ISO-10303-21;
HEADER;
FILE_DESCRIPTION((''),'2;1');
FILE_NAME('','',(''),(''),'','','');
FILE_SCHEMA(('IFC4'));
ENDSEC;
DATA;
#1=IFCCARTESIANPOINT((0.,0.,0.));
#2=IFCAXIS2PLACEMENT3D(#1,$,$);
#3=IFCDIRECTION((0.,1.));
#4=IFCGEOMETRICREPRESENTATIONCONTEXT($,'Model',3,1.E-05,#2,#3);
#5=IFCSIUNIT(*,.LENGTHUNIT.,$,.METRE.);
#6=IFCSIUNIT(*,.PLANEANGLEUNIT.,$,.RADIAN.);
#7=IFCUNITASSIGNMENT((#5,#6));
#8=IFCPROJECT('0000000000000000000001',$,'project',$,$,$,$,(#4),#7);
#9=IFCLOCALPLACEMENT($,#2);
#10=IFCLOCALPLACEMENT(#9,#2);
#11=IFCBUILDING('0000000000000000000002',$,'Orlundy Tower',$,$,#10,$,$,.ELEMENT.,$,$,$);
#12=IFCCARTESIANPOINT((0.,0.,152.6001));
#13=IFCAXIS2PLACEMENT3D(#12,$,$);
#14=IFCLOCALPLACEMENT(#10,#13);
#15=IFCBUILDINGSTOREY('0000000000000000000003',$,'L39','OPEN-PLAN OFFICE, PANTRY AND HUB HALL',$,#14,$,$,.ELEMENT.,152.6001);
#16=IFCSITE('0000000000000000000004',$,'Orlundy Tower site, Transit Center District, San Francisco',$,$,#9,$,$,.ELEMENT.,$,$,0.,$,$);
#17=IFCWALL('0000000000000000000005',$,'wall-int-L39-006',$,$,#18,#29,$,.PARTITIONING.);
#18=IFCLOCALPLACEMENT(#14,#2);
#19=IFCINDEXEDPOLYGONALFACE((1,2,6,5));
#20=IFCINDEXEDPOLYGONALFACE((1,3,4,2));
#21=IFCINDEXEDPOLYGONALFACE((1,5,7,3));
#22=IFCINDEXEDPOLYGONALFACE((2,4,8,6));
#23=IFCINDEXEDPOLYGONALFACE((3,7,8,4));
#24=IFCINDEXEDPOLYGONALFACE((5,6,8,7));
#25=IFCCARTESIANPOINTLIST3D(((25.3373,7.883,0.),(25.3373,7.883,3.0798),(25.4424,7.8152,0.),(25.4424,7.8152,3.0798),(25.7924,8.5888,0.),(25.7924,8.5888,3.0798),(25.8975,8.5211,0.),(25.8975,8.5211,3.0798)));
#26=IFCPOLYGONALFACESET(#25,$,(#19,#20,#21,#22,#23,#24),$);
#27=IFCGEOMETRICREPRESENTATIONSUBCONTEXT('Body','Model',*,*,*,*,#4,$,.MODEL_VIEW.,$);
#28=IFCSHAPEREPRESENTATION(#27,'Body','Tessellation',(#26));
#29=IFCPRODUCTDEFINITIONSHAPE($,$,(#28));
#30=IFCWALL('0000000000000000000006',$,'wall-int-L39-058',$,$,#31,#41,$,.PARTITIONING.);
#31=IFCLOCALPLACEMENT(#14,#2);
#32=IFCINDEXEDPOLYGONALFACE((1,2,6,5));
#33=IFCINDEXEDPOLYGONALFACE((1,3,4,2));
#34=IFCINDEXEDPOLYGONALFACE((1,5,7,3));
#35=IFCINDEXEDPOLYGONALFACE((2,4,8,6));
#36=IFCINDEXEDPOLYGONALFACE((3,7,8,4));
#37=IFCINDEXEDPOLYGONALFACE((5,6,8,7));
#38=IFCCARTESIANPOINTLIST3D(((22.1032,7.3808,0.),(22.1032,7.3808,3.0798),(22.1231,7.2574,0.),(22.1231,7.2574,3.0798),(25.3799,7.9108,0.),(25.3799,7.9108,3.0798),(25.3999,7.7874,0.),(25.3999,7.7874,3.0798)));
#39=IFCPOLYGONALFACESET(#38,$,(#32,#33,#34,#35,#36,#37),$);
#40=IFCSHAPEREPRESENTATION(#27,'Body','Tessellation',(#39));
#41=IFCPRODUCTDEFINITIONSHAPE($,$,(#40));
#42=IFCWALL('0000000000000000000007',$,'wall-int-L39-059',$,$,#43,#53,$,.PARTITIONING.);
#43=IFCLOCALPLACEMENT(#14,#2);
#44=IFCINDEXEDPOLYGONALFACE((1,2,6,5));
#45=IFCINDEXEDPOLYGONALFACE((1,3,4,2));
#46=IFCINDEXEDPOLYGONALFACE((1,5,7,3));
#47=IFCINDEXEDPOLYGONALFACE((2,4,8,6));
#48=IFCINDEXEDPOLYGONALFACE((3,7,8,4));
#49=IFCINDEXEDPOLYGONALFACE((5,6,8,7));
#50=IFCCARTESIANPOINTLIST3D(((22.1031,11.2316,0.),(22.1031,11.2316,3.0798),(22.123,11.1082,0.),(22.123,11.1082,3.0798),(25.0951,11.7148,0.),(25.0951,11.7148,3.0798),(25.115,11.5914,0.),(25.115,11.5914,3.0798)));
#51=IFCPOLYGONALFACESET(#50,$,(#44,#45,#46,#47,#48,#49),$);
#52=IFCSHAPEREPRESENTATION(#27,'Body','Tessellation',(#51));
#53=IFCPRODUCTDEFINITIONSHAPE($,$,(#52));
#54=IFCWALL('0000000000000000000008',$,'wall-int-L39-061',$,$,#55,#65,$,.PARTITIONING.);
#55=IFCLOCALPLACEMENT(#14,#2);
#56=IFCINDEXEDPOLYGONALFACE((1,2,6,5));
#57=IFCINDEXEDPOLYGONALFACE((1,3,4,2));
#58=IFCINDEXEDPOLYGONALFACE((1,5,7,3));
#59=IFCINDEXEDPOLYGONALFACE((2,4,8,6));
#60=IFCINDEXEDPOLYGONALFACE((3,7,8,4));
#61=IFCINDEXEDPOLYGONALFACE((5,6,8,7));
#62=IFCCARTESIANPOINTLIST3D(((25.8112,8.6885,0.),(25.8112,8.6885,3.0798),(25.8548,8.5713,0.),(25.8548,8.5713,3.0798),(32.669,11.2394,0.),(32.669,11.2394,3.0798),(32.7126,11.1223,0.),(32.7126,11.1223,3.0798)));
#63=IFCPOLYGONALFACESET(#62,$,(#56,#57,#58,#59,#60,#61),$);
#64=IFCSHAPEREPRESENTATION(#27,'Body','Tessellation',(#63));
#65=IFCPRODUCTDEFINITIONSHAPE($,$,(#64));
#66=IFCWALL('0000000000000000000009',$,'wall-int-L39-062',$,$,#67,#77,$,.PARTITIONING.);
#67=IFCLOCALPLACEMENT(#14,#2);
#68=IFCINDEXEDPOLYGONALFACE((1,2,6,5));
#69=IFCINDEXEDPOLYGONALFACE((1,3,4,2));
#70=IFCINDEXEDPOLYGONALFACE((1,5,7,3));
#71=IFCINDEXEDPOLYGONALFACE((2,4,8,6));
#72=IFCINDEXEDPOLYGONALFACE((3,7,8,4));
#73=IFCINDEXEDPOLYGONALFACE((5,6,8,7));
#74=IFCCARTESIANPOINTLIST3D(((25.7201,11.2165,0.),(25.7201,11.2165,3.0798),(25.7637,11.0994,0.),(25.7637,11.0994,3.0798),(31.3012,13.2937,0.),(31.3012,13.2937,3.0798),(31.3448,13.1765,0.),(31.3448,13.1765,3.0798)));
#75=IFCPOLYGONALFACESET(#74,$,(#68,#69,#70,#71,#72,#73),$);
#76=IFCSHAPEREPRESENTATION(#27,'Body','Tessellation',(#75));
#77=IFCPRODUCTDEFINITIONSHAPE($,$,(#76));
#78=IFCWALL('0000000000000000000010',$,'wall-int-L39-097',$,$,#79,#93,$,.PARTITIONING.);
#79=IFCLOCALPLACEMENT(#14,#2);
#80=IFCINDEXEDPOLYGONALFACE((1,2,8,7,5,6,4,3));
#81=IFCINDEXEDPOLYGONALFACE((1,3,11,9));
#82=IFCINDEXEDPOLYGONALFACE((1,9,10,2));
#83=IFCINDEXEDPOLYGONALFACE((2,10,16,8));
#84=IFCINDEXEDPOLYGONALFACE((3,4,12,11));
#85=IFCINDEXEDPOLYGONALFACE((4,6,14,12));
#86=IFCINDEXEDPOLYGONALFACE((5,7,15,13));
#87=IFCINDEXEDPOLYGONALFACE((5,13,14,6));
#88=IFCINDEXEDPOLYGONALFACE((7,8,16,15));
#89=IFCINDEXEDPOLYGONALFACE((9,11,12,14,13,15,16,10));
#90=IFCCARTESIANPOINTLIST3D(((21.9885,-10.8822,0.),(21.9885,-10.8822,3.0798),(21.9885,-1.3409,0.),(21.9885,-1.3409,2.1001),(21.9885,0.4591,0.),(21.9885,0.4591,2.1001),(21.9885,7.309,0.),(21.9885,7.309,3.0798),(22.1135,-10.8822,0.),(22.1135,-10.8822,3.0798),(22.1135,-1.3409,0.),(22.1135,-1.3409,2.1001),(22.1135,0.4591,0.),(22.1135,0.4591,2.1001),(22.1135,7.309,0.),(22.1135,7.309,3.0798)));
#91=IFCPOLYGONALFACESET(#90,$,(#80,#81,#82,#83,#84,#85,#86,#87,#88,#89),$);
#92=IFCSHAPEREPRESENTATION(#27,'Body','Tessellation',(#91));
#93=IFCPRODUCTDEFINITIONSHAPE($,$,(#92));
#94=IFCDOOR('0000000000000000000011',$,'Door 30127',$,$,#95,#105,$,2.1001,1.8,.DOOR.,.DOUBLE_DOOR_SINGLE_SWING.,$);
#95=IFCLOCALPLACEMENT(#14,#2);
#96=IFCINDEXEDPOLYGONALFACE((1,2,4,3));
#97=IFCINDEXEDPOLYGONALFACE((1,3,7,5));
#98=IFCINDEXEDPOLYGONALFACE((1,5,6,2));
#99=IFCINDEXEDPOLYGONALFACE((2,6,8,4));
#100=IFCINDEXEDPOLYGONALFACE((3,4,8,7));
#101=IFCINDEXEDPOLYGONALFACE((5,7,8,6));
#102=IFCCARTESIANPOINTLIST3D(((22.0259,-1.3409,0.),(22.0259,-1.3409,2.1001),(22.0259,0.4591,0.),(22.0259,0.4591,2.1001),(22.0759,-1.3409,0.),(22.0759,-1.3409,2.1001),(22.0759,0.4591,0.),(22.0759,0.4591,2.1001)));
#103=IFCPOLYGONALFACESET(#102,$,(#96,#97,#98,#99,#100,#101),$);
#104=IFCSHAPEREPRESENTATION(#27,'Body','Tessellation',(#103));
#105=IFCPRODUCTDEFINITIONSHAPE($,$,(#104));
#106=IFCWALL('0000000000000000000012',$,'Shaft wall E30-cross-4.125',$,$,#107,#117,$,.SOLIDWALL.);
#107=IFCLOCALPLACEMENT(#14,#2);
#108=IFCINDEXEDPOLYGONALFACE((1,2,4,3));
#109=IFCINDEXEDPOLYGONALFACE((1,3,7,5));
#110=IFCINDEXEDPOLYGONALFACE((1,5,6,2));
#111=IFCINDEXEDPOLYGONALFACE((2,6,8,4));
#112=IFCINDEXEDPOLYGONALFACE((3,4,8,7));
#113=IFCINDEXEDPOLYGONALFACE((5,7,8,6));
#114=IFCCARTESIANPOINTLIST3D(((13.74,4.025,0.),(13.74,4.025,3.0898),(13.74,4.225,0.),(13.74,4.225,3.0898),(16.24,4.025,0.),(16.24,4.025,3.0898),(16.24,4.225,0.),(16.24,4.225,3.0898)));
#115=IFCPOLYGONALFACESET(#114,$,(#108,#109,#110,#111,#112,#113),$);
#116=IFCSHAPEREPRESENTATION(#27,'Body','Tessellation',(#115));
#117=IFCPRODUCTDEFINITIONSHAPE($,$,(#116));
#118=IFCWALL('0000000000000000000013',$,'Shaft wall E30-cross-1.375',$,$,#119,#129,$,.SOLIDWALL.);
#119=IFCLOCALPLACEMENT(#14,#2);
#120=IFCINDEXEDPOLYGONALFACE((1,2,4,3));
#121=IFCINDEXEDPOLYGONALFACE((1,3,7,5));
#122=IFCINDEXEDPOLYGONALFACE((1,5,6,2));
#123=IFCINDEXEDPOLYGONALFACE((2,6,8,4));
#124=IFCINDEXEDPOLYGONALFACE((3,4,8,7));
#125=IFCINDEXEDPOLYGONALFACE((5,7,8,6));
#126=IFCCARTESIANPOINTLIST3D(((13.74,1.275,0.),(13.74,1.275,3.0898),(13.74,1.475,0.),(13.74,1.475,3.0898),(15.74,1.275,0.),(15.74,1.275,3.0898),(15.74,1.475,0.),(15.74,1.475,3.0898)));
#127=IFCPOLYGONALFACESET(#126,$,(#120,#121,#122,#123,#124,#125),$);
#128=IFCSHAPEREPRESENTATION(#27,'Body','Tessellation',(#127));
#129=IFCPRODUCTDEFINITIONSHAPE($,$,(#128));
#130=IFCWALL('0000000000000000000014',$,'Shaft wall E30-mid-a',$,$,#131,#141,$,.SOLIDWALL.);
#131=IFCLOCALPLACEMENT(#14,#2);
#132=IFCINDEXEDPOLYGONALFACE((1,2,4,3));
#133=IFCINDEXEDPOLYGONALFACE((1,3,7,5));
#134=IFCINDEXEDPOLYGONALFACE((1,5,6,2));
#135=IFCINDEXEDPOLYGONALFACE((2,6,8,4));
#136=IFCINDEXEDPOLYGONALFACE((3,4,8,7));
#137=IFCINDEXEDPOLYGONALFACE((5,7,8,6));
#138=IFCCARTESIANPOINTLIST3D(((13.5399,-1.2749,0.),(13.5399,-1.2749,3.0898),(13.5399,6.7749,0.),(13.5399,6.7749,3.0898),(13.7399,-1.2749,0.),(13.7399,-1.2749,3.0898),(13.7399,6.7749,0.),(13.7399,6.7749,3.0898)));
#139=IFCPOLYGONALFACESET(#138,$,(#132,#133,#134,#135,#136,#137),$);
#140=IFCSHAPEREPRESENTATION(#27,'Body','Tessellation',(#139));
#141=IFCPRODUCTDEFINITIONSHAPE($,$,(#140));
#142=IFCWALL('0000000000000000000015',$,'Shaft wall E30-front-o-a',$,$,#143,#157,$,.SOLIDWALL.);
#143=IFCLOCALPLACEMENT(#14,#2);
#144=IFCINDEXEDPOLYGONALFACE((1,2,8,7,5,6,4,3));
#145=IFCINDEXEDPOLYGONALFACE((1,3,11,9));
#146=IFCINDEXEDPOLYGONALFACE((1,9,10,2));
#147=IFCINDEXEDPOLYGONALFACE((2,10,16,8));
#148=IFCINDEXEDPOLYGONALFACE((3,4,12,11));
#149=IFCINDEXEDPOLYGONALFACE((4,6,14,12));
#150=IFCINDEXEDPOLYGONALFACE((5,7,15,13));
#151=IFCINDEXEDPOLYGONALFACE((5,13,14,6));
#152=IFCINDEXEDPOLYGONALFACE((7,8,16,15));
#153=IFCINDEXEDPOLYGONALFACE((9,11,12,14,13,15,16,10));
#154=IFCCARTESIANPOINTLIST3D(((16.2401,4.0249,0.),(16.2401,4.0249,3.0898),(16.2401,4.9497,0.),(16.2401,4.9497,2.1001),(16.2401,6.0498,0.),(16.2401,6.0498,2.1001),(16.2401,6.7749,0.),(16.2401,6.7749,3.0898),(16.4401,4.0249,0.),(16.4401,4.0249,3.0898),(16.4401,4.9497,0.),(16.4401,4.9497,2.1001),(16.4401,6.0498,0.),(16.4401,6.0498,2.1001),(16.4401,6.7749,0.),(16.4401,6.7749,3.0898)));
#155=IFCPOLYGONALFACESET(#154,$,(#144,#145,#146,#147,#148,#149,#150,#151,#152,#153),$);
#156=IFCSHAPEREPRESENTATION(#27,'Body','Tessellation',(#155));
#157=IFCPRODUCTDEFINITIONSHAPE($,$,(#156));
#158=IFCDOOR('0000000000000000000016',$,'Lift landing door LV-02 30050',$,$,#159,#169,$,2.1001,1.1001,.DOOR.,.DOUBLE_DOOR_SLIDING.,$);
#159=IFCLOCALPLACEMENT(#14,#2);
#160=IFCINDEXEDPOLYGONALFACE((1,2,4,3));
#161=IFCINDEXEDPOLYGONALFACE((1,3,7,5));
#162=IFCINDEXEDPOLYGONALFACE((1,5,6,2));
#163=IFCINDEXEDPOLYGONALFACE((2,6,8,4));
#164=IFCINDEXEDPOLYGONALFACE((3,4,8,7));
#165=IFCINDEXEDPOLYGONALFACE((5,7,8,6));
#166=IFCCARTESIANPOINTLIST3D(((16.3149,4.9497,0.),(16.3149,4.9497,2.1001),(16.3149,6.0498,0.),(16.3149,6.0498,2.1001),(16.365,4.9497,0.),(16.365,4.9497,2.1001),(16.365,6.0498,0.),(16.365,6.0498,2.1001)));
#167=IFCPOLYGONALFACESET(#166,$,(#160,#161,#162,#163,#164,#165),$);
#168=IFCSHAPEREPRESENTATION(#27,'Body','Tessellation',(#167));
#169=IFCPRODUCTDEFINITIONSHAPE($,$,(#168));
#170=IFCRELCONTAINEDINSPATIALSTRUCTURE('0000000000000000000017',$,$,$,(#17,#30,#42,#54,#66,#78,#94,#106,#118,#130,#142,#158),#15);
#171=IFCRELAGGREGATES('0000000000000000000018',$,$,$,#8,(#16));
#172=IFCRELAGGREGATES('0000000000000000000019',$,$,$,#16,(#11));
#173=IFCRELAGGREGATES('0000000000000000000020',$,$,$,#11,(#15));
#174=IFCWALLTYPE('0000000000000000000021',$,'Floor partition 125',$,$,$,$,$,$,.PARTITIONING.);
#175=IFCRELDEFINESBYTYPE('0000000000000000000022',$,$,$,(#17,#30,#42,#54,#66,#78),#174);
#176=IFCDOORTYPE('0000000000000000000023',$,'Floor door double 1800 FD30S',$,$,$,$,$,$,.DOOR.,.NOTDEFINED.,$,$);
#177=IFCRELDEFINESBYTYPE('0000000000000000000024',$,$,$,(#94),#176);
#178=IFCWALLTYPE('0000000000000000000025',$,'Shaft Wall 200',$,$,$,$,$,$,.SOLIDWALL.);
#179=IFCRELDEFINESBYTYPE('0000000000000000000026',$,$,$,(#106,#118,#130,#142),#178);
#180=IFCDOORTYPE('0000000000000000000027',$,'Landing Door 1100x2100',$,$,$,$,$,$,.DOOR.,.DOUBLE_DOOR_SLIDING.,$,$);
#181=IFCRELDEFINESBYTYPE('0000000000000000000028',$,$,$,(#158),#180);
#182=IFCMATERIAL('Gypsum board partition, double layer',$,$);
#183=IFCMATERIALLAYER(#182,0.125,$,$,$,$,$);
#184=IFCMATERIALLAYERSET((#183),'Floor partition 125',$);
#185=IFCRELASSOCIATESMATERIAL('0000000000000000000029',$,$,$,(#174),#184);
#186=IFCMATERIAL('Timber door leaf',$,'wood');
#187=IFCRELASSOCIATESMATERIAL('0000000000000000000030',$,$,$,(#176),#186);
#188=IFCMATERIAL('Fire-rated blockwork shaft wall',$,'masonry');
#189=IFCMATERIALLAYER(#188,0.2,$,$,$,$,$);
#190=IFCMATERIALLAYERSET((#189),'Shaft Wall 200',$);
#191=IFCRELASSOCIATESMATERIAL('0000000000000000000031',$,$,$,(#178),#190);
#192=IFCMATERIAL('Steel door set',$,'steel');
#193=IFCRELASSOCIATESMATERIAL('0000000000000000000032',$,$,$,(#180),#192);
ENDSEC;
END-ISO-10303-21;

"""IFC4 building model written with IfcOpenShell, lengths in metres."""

from ifc_helpers import new_model, si_unit, direction, frame, frame_2d, origin, place, context, subcontext, project, spatial, rectangle, extrude, material, layer, layer_set, type_object, element, fill, save


model = new_model("IFC4")

# Units and contexts
model_context = context("Model", 3, precision=1e-05, world=origin(), true_north=direction((0.0, 1.0)))
body_context = subcontext(model_context, "Body", "Model", "MODEL_VIEW")
ifc_project = project(units=[si_unit("LENGTHUNIT", "METRE"), si_unit("PLANEANGLEUNIT", "RADIAN")], contexts=[model_context])

# Site, building, storey
site_placement = place(None, origin())
site = spatial("IfcSite", under=ifc_project, at=site_placement, Name="Orlundy Tower site, Transit Center District, San Francisco", CompositionType="ELEMENT", RefElevation=0.0)
building_placement = place(site_placement, origin())
building = spatial("IfcBuilding", under=site, at=building_placement, Name="Orlundy Tower", CompositionType="ELEMENT")
storey_placement = place(building_placement, frame((0.0, 0.0, 152.6001)))
storey = spatial("IfcBuildingStorey", under=building, at=storey_placement, Name="L39", Description="OPEN-PLAN OFFICE, PANTRY AND HUB HALL", CompositionType="ELEMENT", Elevation=152.6001)

# Walls
ifc_material_1 = material(Name="Gypsum board partition, double layer")
ifc_layer_1 = layer(ifc_material_1, 0.125)
ifc_layer_set_1 = layer_set([ifc_layer_1], Name="Floor partition 125")
wall_type_1 = type_object("IfcWallType", Name="Floor partition 125", PredefinedType="PARTITIONING", material=ifc_layer_set_1)
wall_1_placement = place(storey_placement, frame((25.845, 8.5549, 0.0), z_axis=(0.0, 0.0, 1.0), x_axis=(-0.541888, -0.84045, 0.0)))
element("IfcWall", 1, at=wall_1_placement, inside=storey, type_object=wall_type_1, Name="wall-int-L39-006", PredefinedType="PARTITIONING", context=body_context, shape_type="SweptSolid", body=[
    extrude(rectangle(XDim=0.8398, YDim=0.125, at=frame_2d((0.4199, 0.0))), origin(), (0.0, 0.0, 1.0), 3.0798),
])
wall_2_placement = place(storey_placement, frame((25.3899, 7.8491, 0.0), z_axis=(0.0, 0.0, 1.0), x_axis=(-0.98717, -0.159674, 0.0)))
element("IfcWall", 2, at=wall_2_placement, inside=storey, type_object=wall_type_1, Name="wall-int-L39-058", PredefinedType="PARTITIONING", context=body_context, shape_type="SweptSolid", body=[
    extrude(rectangle(XDim=3.3193, YDim=0.125, at=frame_2d((1.6597, 0.0))), origin(), (0.0, 0.0, 1.0), 3.0798),
])
wall_3_placement = place(storey_placement, frame((22.113, 11.1699, 0.0), z_axis=(0.0, 0.0, 1.0), x_axis=(0.987211, 0.15942, 0.0)))
element("IfcWall", 3, at=wall_3_placement, inside=storey, type_object=wall_type_1, Name="wall-int-L39-059", PredefinedType="PARTITIONING", context=body_context, shape_type="SweptSolid", body=[
    extrude(rectangle(XDim=3.0308, YDim=0.125, at=frame_2d((1.5154, 0.0))), origin(), (0.0, 0.0, 1.0), 3.0798),
])
wall_4_placement = place(storey_placement, frame((25.833, 8.6299, 0.0), z_axis=(0.0, 0.0, 1.0), x_axis=(0.937256, 0.348643, 0.0)))
element("IfcWall", 4, at=wall_4_placement, inside=storey, type_object=wall_type_1, Name="wall-int-L39-061", PredefinedType="PARTITIONING", context=body_context, shape_type="SweptSolid", body=[
    extrude(rectangle(XDim=7.3169, YDim=0.125, at=frame_2d((3.6584, 0.0))), origin(), (0.0, 0.0, 1.0), 3.0798),
])
wall_5_placement = place(storey_placement, frame((25.7419, 11.158, 0.0), z_axis=(0.0, 0.0, 1.0), x_axis=(0.937196, 0.348804, 0.0)))
element("IfcWall", 5, at=wall_5_placement, inside=storey, type_object=wall_type_1, Name="wall-int-L39-062", PredefinedType="PARTITIONING", context=body_context, shape_type="SweptSolid", body=[
    extrude(rectangle(XDim=5.9551, YDim=0.125, at=frame_2d((2.9775, 0.0))), origin(), (0.0, 0.0, 1.0), 3.0798),
])

# Wall, opening, door
wall_6_placement = place(storey_placement, frame((22.051, 7.3091, 0.0), z_axis=(0.0, 0.0, 1.0), x_axis=(0.0, -1.0, 0.0)))
wall_6 = element("IfcWall", 6, at=wall_6_placement, inside=storey, type_object=wall_type_1, Name="wall-int-L39-097", PredefinedType="PARTITIONING", context=body_context, shape_type="SweptSolid", body=[
    extrude(rectangle(XDim=18.1912, YDim=0.125, at=frame_2d((9.0957, 0.0))), origin(), (0.0, 0.0, 1.0), 3.0798),
])
opening_1_placement = place(wall_6_placement, frame((6.8501, 0.0, 0.0)))
opening_1 = element("IfcOpeningElement", 7, at=opening_1_placement, cuts=wall_6, PredefinedType="OPENING", context=body_context, shape_type="SweptSolid", body=[
    extrude(rectangle(XDim=1.8, YDim=2.1001, at=frame_2d((0.8999, 1.05))), frame((0.0, 0.0725, 0.0), z_axis=(0.0, -1.0, 0.0), x_axis=(1.0, 0.0, 0.0)), (0.0, 0.0, 1.0), 0.145),
])
ifc_material_2 = material(Name="Timber door leaf", Category="wood")
door_type_1 = type_object("IfcDoorType", Name="Floor door double 1800 FD30S", OperationType="NOTDEFINED", PredefinedType="DOOR", material=ifc_material_2)
door_1_placement = place(opening_1_placement, origin())
door_1 = element("IfcDoor", 8, at=door_1_placement, inside=storey, type_object=door_type_1, Name="Door 30127", OperationType="DOUBLE_DOOR_SINGLE_SWING", OverallHeight=2.1001, OverallWidth=1.8, PredefinedType="DOOR", context=body_context, shape_type="SweptSolid", body=[
    extrude(rectangle(XDim=1.8, YDim=2.1001, at=frame_2d((0.8999, 1.05))), frame((0.0, 0.0249, 0.0), z_axis=(0.0, -1.0, 0.0), x_axis=(1.0, 0.0, 0.0)), (0.0, 0.0, 1.0), 0.05),
])
fill(opening_1, door_1)

# Walls
ifc_material_3 = material(Name="Fire-rated blockwork shaft wall", Category="masonry")
ifc_layer_2 = layer(ifc_material_3, 0.2)
ifc_layer_set_2 = layer_set([ifc_layer_2], Name="Shaft Wall 200")
wall_type_2 = type_object("IfcWallType", Name="Shaft Wall 200", PredefinedType="SOLIDWALL", material=ifc_layer_set_2)
wall_7_placement = place(storey_placement, frame((13.74, 4.125, 0.0), z_axis=(0.0, 0.0, 1.0), x_axis=(1.0, 0.0, 0.0)))
element("IfcWall", 9, at=wall_7_placement, inside=storey, type_object=wall_type_2, Name="Shaft wall E30-cross-4.125", PredefinedType="SOLIDWALL", context=body_context, shape_type="SweptSolid", body=[
    extrude(rectangle(XDim=2.5, YDim=0.2, at=frame_2d((1.25, 0.0))), origin(), (0.0, 0.0, 1.0), 3.0898),
])
wall_8_placement = place(storey_placement, frame((13.74, 1.375, 0.0), z_axis=(0.0, 0.0, 1.0), x_axis=(1.0, 0.0, 0.0)))
element("IfcWall", 10, at=wall_8_placement, inside=storey, type_object=wall_type_2, Name="Shaft wall E30-cross-1.375", PredefinedType="SOLIDWALL", context=body_context, shape_type="SweptSolid", body=[
    extrude(rectangle(XDim=2.0, YDim=0.2, at=frame_2d((1.0, 0.0))), origin(), (0.0, 0.0, 1.0), 3.0898),
])
wall_9_placement = place(storey_placement, frame((13.6399, 6.7749, 0.0), z_axis=(0.0, 0.0, 1.0), x_axis=(0.0, -1.0, 0.0)))
element("IfcWall", 11, at=wall_9_placement, inside=storey, type_object=wall_type_2, Name="Shaft wall E30-mid-a", PredefinedType="SOLIDWALL", context=body_context, shape_type="SweptSolid", body=[
    extrude(rectangle(XDim=8.0498, YDim=0.2, at=frame_2d((4.0249, 0.0))), origin(), (0.0, 0.0, 1.0), 3.0898),
])

# Wall, opening, door
wall_10_placement = place(storey_placement, frame((16.3401, 6.7749, 0.0), z_axis=(0.0, 0.0, 1.0), x_axis=(0.0, -1.0, 0.0)))
wall_10 = element("IfcWall", 12, at=wall_10_placement, inside=storey, type_object=wall_type_2, Name="Shaft wall E30-front-o-a", PredefinedType="SOLIDWALL", context=body_context, shape_type="SweptSolid", body=[
    extrude(rectangle(XDim=2.75, YDim=0.2, at=frame_2d((1.375, 0.0))), origin(), (0.0, 0.0, 1.0), 3.0898),
])
opening_2_placement = place(wall_10_placement, frame((0.7251, 0.0, 0.0)))
opening_2 = element("IfcOpeningElement", 13, at=opening_2_placement, cuts=wall_10, PredefinedType="OPENING", context=body_context, shape_type="SweptSolid", body=[
    extrude(rectangle(XDim=1.1001, YDim=2.1001, at=frame_2d((0.55, 1.05))), frame((0.0, 0.1101, 0.0), z_axis=(0.0, -1.0, 0.0), x_axis=(1.0, 0.0, 0.0)), (0.0, 0.0, 1.0), 0.2202),
])
ifc_material_4 = material(Name="Steel door set", Category="steel")
door_type_2 = type_object("IfcDoorType", Name="Landing Door 1100x2100", OperationType="DOUBLE_DOOR_SLIDING", PredefinedType="DOOR", material=ifc_material_4)
door_2_placement = place(opening_2_placement, origin())
door_2 = element("IfcDoor", 14, at=door_2_placement, inside=storey, type_object=door_type_2, Name="Lift landing door LV-02 30050", OperationType="DOUBLE_DOOR_SLIDING", OverallHeight=2.1001, OverallWidth=1.1001, PredefinedType="DOOR", context=body_context, shape_type="SweptSolid", body=[
    extrude(rectangle(XDim=1.1001, YDim=2.1001, at=frame_2d((0.55, 1.05))), frame((0.0, 0.0249, 0.0), z_axis=(0.0, -1.0, 0.0), x_axis=(1.0, 0.0, 0.0)), (0.0, 0.0, 1.0), 0.05),
])
fill(opening_2, door_2)

save(model, "model.ifc")
